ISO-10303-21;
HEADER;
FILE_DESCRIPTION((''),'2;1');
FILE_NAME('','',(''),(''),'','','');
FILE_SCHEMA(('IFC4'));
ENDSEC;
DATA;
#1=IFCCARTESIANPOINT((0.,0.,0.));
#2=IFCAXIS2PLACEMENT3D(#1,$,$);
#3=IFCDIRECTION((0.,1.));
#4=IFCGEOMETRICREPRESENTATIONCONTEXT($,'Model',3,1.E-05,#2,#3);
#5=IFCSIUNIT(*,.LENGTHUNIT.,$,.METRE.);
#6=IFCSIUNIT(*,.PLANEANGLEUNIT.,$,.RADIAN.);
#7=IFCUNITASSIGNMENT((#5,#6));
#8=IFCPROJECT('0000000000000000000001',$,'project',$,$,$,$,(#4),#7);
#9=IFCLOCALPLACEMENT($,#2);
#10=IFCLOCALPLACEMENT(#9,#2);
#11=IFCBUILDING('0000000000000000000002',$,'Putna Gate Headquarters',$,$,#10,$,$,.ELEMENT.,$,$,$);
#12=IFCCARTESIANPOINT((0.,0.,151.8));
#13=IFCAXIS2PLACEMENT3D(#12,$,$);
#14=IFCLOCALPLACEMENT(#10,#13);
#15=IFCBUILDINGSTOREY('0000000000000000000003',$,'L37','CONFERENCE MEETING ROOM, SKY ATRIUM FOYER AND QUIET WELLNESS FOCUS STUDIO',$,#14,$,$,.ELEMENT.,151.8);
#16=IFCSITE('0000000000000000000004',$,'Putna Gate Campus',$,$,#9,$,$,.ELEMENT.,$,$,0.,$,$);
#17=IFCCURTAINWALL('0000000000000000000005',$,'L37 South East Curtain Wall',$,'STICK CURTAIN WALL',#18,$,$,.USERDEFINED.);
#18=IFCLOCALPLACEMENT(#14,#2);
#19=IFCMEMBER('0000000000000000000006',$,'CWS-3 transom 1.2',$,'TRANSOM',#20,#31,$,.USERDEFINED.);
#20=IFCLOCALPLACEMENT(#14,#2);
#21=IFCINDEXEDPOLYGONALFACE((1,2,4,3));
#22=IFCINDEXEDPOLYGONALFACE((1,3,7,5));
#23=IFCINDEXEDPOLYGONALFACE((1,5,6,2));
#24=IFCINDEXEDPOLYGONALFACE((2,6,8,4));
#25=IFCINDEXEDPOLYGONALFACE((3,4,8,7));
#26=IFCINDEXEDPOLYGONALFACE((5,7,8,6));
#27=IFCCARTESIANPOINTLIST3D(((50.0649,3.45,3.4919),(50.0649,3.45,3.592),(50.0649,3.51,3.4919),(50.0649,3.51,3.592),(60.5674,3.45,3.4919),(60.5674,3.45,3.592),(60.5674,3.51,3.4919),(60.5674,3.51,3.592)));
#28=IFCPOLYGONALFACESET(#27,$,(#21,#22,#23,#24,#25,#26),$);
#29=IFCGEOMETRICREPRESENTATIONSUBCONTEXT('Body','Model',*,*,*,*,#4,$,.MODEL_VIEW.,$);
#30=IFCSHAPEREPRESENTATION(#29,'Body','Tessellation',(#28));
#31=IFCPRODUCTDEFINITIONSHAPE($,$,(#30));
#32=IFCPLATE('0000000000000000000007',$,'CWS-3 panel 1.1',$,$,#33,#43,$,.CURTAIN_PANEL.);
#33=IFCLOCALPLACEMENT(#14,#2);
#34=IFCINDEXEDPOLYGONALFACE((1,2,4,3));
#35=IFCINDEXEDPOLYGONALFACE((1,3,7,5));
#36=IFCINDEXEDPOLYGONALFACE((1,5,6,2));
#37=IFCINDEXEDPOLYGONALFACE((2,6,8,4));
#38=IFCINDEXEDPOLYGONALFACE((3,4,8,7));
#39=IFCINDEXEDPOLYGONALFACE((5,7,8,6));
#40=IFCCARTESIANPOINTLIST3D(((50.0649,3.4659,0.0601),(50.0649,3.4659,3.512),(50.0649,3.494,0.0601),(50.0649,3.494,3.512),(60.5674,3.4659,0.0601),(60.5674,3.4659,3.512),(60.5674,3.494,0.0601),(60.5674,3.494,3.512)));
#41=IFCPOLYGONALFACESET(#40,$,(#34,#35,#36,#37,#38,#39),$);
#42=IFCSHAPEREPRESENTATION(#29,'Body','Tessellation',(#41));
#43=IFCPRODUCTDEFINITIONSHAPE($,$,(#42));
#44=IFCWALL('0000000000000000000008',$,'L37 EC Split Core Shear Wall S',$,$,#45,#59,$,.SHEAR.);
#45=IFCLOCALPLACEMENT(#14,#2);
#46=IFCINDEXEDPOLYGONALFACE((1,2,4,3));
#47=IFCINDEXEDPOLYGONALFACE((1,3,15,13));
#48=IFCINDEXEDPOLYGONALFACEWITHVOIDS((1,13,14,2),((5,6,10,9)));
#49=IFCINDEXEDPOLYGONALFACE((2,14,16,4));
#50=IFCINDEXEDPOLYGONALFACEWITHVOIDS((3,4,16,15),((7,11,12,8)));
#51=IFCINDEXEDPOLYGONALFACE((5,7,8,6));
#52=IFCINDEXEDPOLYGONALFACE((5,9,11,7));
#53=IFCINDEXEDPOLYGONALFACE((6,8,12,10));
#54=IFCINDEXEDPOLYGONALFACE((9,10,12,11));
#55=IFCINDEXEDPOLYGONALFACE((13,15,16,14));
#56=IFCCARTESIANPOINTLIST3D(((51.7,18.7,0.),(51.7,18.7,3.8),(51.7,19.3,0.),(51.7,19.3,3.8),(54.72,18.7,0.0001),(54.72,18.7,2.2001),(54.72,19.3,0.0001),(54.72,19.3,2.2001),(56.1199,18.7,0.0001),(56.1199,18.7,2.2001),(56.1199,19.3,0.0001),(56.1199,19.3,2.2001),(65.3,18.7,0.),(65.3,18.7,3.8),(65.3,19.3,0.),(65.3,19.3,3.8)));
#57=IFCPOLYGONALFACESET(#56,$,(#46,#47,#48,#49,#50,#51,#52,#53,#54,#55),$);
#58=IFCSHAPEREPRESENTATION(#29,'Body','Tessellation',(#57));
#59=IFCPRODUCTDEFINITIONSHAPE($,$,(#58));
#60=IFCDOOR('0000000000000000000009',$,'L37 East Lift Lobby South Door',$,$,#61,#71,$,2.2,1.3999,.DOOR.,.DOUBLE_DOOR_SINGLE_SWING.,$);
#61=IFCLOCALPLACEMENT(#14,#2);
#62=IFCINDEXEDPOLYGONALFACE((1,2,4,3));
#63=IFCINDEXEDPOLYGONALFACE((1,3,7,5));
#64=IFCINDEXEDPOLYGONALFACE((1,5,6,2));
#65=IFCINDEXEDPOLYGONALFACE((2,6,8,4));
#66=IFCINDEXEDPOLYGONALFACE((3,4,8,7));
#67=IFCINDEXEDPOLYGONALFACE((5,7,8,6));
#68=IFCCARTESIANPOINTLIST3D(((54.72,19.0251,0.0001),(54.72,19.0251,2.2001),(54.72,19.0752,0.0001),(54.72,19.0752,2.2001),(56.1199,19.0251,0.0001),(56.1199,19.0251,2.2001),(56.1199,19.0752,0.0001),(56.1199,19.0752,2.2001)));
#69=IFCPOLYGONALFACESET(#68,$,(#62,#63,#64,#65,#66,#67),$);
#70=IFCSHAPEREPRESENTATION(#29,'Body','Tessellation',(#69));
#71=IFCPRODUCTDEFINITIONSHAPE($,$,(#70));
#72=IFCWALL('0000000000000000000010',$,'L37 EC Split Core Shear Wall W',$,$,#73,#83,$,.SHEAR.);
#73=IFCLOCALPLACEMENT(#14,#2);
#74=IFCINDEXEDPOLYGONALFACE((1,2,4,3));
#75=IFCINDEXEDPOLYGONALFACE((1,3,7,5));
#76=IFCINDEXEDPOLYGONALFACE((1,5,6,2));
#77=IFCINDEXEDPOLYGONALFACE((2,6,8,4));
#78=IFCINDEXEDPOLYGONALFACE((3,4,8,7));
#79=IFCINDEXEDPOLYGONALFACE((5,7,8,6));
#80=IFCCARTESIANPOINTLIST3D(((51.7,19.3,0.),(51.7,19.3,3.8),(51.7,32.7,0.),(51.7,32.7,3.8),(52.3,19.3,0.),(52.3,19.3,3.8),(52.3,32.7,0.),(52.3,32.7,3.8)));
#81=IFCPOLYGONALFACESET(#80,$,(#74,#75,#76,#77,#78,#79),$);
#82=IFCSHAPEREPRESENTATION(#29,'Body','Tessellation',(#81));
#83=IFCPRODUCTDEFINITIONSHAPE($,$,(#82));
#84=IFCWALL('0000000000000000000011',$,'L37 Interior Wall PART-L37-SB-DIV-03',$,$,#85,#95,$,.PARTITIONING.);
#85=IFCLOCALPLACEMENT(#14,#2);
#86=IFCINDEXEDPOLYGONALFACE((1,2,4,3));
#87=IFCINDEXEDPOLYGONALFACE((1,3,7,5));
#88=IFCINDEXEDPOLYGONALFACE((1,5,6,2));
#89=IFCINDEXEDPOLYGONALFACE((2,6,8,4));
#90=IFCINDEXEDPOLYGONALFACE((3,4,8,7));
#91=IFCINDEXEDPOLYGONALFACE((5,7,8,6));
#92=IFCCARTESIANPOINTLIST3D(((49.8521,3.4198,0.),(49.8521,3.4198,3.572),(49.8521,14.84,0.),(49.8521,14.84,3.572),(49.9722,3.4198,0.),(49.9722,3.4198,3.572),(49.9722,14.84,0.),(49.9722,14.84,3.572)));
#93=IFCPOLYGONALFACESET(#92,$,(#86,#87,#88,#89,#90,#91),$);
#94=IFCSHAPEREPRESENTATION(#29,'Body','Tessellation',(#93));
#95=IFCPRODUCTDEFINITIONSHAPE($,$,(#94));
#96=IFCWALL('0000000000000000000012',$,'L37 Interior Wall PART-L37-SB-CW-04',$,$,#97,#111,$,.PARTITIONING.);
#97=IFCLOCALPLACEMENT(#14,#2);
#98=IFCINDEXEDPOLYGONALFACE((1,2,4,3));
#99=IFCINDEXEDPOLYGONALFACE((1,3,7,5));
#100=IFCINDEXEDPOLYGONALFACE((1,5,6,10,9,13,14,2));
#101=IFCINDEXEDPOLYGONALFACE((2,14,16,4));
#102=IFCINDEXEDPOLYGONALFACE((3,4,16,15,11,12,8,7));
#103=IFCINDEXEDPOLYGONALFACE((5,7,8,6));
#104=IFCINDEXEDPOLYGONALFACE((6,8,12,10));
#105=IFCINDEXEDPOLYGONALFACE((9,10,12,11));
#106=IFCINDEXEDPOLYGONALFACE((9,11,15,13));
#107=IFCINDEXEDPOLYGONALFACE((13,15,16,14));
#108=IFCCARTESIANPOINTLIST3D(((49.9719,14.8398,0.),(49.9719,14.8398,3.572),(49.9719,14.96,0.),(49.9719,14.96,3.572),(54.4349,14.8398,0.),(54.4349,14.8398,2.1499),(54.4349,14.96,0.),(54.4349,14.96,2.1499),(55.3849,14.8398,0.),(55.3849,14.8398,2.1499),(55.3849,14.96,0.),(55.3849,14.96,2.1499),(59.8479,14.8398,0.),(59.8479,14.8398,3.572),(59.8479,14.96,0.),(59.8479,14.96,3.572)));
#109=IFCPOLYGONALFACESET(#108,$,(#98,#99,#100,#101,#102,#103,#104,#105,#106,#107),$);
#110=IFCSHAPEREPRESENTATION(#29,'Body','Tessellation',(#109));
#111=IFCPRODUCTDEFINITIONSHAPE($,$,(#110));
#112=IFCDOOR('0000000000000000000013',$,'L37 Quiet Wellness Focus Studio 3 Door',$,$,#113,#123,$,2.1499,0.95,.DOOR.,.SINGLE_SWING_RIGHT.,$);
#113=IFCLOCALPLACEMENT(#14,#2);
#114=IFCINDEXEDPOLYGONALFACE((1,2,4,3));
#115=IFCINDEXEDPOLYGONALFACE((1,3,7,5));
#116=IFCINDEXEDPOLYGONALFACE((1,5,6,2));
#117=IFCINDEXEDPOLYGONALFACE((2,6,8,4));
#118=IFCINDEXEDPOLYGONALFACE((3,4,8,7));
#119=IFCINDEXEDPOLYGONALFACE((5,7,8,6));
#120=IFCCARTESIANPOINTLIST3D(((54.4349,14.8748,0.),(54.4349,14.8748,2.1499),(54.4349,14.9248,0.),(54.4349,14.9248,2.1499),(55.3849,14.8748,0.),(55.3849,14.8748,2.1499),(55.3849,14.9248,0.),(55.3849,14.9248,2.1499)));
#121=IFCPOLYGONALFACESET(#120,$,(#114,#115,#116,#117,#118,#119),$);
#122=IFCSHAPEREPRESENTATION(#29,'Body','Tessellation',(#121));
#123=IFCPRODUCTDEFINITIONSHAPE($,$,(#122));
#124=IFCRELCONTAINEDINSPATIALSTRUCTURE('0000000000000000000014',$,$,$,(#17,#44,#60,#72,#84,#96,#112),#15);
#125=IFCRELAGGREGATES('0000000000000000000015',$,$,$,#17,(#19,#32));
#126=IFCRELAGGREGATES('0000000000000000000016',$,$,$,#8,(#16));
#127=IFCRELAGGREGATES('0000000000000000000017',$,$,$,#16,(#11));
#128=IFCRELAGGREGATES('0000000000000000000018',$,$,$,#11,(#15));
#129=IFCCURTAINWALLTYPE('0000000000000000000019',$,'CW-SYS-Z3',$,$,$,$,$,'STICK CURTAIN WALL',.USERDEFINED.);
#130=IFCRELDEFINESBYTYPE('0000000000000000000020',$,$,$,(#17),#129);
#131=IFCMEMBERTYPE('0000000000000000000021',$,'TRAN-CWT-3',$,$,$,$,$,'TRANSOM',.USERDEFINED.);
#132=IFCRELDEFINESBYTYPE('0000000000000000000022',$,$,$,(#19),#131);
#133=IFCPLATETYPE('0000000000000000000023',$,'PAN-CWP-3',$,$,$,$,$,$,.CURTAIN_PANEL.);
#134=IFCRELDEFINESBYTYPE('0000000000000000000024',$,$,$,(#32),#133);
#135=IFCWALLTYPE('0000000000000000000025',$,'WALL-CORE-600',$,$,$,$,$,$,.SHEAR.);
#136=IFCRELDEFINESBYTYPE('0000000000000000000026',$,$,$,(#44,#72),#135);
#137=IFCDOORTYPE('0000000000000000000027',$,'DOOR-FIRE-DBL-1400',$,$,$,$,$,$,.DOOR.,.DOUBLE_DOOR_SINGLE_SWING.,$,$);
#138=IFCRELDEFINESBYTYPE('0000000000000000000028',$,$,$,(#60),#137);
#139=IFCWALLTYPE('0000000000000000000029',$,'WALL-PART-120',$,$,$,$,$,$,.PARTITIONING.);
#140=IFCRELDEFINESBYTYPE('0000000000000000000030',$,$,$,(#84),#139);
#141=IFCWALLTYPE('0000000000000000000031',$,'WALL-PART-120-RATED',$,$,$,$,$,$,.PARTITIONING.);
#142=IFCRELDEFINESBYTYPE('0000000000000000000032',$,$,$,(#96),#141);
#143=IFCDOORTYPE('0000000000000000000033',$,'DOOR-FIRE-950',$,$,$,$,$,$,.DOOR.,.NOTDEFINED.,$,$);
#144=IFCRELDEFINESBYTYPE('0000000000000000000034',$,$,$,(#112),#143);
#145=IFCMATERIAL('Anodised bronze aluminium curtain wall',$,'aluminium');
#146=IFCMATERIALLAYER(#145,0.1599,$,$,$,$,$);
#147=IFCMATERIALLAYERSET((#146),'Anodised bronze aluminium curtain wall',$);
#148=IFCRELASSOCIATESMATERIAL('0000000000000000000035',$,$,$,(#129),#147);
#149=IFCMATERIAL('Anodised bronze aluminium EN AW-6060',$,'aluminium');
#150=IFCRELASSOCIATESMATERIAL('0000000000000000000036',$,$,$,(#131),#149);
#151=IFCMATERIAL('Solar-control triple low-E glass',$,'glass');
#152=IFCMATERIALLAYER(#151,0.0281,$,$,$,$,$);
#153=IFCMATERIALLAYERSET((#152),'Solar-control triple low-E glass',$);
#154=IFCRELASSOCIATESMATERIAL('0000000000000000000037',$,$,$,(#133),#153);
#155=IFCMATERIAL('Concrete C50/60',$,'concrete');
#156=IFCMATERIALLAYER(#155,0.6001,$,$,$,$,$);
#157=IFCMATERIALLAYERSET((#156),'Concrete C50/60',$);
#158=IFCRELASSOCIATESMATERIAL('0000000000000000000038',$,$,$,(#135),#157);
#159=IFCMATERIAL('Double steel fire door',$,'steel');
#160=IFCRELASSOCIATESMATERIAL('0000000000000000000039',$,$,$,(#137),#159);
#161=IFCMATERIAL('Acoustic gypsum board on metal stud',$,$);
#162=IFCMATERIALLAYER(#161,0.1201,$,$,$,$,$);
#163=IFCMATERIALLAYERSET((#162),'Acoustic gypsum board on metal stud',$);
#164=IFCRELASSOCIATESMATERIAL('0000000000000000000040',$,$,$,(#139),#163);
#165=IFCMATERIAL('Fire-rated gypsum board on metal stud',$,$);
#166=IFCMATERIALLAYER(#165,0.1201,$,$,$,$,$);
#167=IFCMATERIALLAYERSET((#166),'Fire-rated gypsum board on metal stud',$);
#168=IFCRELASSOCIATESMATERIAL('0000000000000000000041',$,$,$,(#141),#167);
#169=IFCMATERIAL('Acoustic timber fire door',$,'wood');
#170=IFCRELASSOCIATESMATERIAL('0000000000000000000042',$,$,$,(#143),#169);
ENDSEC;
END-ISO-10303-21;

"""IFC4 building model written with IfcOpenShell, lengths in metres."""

from ifc_helpers import new_model, si_unit, direction, frame, frame_2d, origin, origin_2d, place, context, subcontext, project, spatial, rectangle, extrude, material, layer, layer_set, material_profile, profile_set, type_object, element, fill, aggregate, save


model = new_model("IFC4")

# Units and contexts
model_context = context("Model", 3, precision=1e-05, world=origin(), true_north=direction((0.0, 1.0)))
body_context = subcontext(model_context, "Body", "Model", "MODEL_VIEW")
ifc_project = project(units=[si_unit("LENGTHUNIT", "METRE"), si_unit("PLANEANGLEUNIT", "RADIAN")], contexts=[model_context])

# Site, building, storey
site_placement = place(None, origin())
site = spatial("IfcSite", under=ifc_project, at=site_placement, Name="Putna Gate Campus", CompositionType="ELEMENT", RefElevation=0.0)
building_placement = place(site_placement, origin())
building = spatial("IfcBuilding", under=site, at=building_placement, Name="Putna Gate Headquarters", CompositionType="ELEMENT")
storey_placement = place(building_placement, frame((0.0, 0.0, 151.8)))
storey = spatial("IfcBuildingStorey", under=building, at=storey_placement, Name="L37", Description="CONFERENCE MEETING ROOM, SKY ATRIUM FOYER AND QUIET WELLNESS FOCUS STUDIO", CompositionType="ELEMENT", Elevation=151.8)

# Shared definitions
ifc_material_1 = material(Name="Concrete C50/60", Category="concrete")

# Curtain wall
ifc_material_2 = material(Name="Anodised bronze aluminium curtain wall", Category="aluminium")
ifc_layer_1 = layer(ifc_material_2, 0.1599)
ifc_layer_set_1 = layer_set([ifc_layer_1], Name="Anodised bronze aluminium curtain wall")
curtain_wall_type_1 = type_object("IfcCurtainWallType", Name="CW-SYS-Z3", ElementType="STICK CURTAIN WALL", PredefinedType="USERDEFINED", material=ifc_layer_set_1)
curtain_wall_1_placement = place(storey_placement, origin())
curtain_wall_1 = element("IfcCurtainWall", 1, at=curtain_wall_1_placement, inside=storey, type_object=curtain_wall_type_1, Name="L37 South East Curtain Wall", ObjectType="STICK CURTAIN WALL", PredefinedType="USERDEFINED")
ifc_material_3 = material(Name="Anodised bronze aluminium EN AW-6060", Category="aluminium")

# Member
ifc_material_profile_1 = material_profile(ifc_material_3, rectangle(XDim=0.0601, YDim=0.1001, at=origin_2d()), Name="Anodised bronze aluminium EN AW-6060")
ifc_profile_set_1 = profile_set([ifc_material_profile_1], Name="Anodised bronze aluminium EN AW-6060")
member_type_1 = type_object("IfcMemberType", Name="TRAN-CWT-3", ElementType="TRANSOM", PredefinedType="USERDEFINED", material=ifc_profile_set_1)
member_1_placement = place(storey_placement, frame((50.0649, 3.48, 3.542), z_axis=(1.0, 0.0, 0.0), x_axis=(0.0, 1.0, 0.0)))
member_1 = element("IfcMember", 2, at=member_1_placement, type_object=member_type_1, Name="CWS-3 transom 1.2", ObjectType="TRANSOM", PredefinedType="USERDEFINED", context=body_context, shape_type="SweptSolid", body=[
    extrude(rectangle(XDim=0.0601, YDim=0.1001, at=origin_2d()), origin(), (0.0, 0.0, 1.0), 10.5024),
])

# Plate
ifc_material_4 = material(Name="Solar-control triple low-E glass", Category="glass")
ifc_layer_2 = layer(ifc_material_4, 0.0281)
ifc_layer_set_2 = layer_set([ifc_layer_2], Name="Solar-control triple low-E glass")
plate_type = type_object("IfcPlateType", Name="PAN-CWP-3", PredefinedType="CURTAIN_PANEL", material=ifc_layer_set_2)
plate_placement = place(storey_placement, frame((55.3162, 3.48, 0.0601), z_axis=(0.0, 0.0, 1.0), x_axis=(1.0, 0.0, 0.0)))
plate = element("IfcPlate", 3, at=plate_placement, type_object=plate_type, Name="CWS-3 panel 1.1", PredefinedType="CURTAIN_PANEL", context=body_context, shape_type="SweptSolid", body=[
    extrude(rectangle(XDim=10.5024, YDim=0.0281, at=origin_2d()), origin(), (0.0, 0.0, 1.0), 3.4519),
])
aggregate(curtain_wall_1, [member_1, plate])

# Wall, opening, door
ifc_layer_3 = layer(ifc_material_1, 0.6001)
ifc_layer_set_3 = layer_set([ifc_layer_3], Name="Concrete C50/60")
wall_type_1 = type_object("IfcWallType", Name="WALL-CORE-600", PredefinedType="SHEAR", material=ifc_layer_set_3)
wall_1_placement = place(storey_placement, frame((51.7, 19.0, 0.0), z_axis=(0.0, 0.0, 1.0), x_axis=(1.0, 0.0, 0.0)))
wall_1 = element("IfcWall", 4, at=wall_1_placement, inside=storey, type_object=wall_type_1, Name="L37 EC Split Core Shear Wall S", PredefinedType="SHEAR", context=body_context, shape_type="SweptSolid", body=[
    extrude(rectangle(XDim=13.6001, YDim=0.6001, at=frame_2d((6.8, 0.0))), origin(), (0.0, 0.0, 1.0), 3.8),
])
opening_1_placement = place(wall_1_placement, frame((3.02, 0.0, 0.0)))
opening_1 = element("IfcOpeningElement", 5, at=opening_1_placement, cuts=wall_1, PredefinedType="OPENING", context=body_context, shape_type="SweptSolid", body=[
    extrude(rectangle(XDim=1.3999, YDim=2.2, at=frame_2d((0.7, 1.1001))), frame((0.0, 0.3101, 0.0), z_axis=(0.0, -1.0, 0.0), x_axis=(1.0, 0.0, 0.0)), (0.0, 0.0, 1.0), 0.6201),
])
ifc_material_5 = material(Name="Double steel fire door", Category="steel")
door_type_1 = type_object("IfcDoorType", Name="DOOR-FIRE-DBL-1400", OperationType="DOUBLE_DOOR_SINGLE_SWING", PredefinedType="DOOR", material=ifc_material_5)
door_1_placement = place(opening_1_placement, origin())
door_1 = element("IfcDoor", 6, at=door_1_placement, inside=storey, type_object=door_type_1, Name="L37 East Lift Lobby South Door", OperationType="DOUBLE_DOOR_SINGLE_SWING", OverallHeight=2.2, OverallWidth=1.3999, PredefinedType="DOOR", context=body_context, shape_type="SweptSolid", body=[
    extrude(rectangle(XDim=1.3999, YDim=2.2, at=frame_2d((0.7, 1.1001))), frame((0.0, 0.0752, 0.0), z_axis=(0.0, -1.0, 0.0), x_axis=(1.0, 0.0, 0.0)), (0.0, 0.0, 1.0), 0.05),
])
fill(opening_1, door_1)

# Walls
wall_2_placement = place(storey_placement, frame((52.0, 19.3, 0.0), z_axis=(0.0, 0.0, 1.0), x_axis=(0.0, 1.0, 0.0)))
element("IfcWall", 7, at=wall_2_placement, inside=storey, type_object=wall_type_1, Name="L37 EC Split Core Shear Wall W", PredefinedType="SHEAR", context=body_context, shape_type="SweptSolid", body=[
    extrude(rectangle(XDim=13.3999, YDim=0.6001, at=frame_2d((6.7, 0.0))), origin(), (0.0, 0.0, 1.0), 3.8),
])
ifc_material_6 = material(Name="Acoustic gypsum board on metal stud")
ifc_layer_4 = layer(ifc_material_6, 0.1201)
ifc_layer_set_4 = layer_set([ifc_layer_4], Name="Acoustic gypsum board on metal stud")
wall_type_2 = type_object("IfcWallType", Name="WALL-PART-120", PredefinedType="PARTITIONING", material=ifc_layer_set_4)
wall_3_placement = place(storey_placement, frame((49.9121, 3.4199, 0.0), z_axis=(0.0, 0.0, 1.0), x_axis=(0.0, 1.0, 0.0)))
element("IfcWall", 8, at=wall_3_placement, inside=storey, type_object=wall_type_2, Name="L37 Interior Wall PART-L37-SB-DIV-03", PredefinedType="PARTITIONING", context=body_context, shape_type="SweptSolid", body=[
    extrude(rectangle(XDim=11.4202, YDim=0.1201, at=frame_2d((5.71, 0.0))), origin(), (0.0, 0.0, 1.0), 3.572),
])

# Wall, opening, door
ifc_material_7 = material(Name="Fire-rated gypsum board on metal stud")
ifc_layer_5 = layer(ifc_material_7, 0.1201)
ifc_layer_set_5 = layer_set([ifc_layer_5], Name="Fire-rated gypsum board on metal stud")
wall_type_3 = type_object("IfcWallType", Name="WALL-PART-120-RATED", PredefinedType="PARTITIONING", material=ifc_layer_set_5)
wall_4_placement = place(storey_placement, frame((49.9719, 14.8999, 0.0), z_axis=(0.0, 0.0, 1.0), x_axis=(1.0, 0.0, 0.0)))
wall_4 = element("IfcWall", 9, at=wall_4_placement, inside=storey, type_object=wall_type_3, Name="L37 Interior Wall PART-L37-SB-CW-04", PredefinedType="PARTITIONING", context=body_context, shape_type="SweptSolid", body=[
    extrude(rectangle(XDim=9.876, YDim=0.1201, at=frame_2d((4.938, 0.0))), origin(), (0.0, 0.0, 1.0), 3.572),
])
opening_2_placement = place(wall_4_placement, frame((4.4629, 0.0, 0.0)))
opening_2 = element("IfcOpeningElement", 10, at=opening_2_placement, cuts=wall_4, PredefinedType="OPENING", context=body_context, shape_type="SweptSolid", body=[
    extrude(rectangle(XDim=0.95, YDim=2.1499, at=frame_2d((0.4751, 1.075))), frame((0.0, 0.0701, 0.0), z_axis=(0.0, -1.0, 0.0), x_axis=(1.0, 0.0, 0.0)), (0.0, 0.0, 1.0), 0.1401),
])
ifc_material_8 = material(Name="Acoustic timber fire door", Category="wood")
door_type_2 = type_object("IfcDoorType", Name="DOOR-FIRE-950", OperationType="NOTDEFINED", PredefinedType="DOOR", material=ifc_material_8)
door_2_placement = place(opening_2_placement, origin())
door_2 = element("IfcDoor", 11, at=door_2_placement, inside=storey, type_object=door_type_2, Name="L37 Quiet Wellness Focus Studio 3 Door", OperationType="SINGLE_SWING_RIGHT", OverallHeight=2.1499, OverallWidth=0.95, PredefinedType="DOOR", context=body_context, shape_type="SweptSolid", body=[
    extrude(rectangle(XDim=0.95, YDim=2.1499, at=frame_2d((0.4751, 1.075))), frame((0.0, 0.0249, 0.0), z_axis=(0.0, -1.0, 0.0), x_axis=(1.0, 0.0, 0.0)), (0.0, 0.0, 1.0), 0.05),
])
fill(opening_2, door_2)

save(model, "model.ifc")
